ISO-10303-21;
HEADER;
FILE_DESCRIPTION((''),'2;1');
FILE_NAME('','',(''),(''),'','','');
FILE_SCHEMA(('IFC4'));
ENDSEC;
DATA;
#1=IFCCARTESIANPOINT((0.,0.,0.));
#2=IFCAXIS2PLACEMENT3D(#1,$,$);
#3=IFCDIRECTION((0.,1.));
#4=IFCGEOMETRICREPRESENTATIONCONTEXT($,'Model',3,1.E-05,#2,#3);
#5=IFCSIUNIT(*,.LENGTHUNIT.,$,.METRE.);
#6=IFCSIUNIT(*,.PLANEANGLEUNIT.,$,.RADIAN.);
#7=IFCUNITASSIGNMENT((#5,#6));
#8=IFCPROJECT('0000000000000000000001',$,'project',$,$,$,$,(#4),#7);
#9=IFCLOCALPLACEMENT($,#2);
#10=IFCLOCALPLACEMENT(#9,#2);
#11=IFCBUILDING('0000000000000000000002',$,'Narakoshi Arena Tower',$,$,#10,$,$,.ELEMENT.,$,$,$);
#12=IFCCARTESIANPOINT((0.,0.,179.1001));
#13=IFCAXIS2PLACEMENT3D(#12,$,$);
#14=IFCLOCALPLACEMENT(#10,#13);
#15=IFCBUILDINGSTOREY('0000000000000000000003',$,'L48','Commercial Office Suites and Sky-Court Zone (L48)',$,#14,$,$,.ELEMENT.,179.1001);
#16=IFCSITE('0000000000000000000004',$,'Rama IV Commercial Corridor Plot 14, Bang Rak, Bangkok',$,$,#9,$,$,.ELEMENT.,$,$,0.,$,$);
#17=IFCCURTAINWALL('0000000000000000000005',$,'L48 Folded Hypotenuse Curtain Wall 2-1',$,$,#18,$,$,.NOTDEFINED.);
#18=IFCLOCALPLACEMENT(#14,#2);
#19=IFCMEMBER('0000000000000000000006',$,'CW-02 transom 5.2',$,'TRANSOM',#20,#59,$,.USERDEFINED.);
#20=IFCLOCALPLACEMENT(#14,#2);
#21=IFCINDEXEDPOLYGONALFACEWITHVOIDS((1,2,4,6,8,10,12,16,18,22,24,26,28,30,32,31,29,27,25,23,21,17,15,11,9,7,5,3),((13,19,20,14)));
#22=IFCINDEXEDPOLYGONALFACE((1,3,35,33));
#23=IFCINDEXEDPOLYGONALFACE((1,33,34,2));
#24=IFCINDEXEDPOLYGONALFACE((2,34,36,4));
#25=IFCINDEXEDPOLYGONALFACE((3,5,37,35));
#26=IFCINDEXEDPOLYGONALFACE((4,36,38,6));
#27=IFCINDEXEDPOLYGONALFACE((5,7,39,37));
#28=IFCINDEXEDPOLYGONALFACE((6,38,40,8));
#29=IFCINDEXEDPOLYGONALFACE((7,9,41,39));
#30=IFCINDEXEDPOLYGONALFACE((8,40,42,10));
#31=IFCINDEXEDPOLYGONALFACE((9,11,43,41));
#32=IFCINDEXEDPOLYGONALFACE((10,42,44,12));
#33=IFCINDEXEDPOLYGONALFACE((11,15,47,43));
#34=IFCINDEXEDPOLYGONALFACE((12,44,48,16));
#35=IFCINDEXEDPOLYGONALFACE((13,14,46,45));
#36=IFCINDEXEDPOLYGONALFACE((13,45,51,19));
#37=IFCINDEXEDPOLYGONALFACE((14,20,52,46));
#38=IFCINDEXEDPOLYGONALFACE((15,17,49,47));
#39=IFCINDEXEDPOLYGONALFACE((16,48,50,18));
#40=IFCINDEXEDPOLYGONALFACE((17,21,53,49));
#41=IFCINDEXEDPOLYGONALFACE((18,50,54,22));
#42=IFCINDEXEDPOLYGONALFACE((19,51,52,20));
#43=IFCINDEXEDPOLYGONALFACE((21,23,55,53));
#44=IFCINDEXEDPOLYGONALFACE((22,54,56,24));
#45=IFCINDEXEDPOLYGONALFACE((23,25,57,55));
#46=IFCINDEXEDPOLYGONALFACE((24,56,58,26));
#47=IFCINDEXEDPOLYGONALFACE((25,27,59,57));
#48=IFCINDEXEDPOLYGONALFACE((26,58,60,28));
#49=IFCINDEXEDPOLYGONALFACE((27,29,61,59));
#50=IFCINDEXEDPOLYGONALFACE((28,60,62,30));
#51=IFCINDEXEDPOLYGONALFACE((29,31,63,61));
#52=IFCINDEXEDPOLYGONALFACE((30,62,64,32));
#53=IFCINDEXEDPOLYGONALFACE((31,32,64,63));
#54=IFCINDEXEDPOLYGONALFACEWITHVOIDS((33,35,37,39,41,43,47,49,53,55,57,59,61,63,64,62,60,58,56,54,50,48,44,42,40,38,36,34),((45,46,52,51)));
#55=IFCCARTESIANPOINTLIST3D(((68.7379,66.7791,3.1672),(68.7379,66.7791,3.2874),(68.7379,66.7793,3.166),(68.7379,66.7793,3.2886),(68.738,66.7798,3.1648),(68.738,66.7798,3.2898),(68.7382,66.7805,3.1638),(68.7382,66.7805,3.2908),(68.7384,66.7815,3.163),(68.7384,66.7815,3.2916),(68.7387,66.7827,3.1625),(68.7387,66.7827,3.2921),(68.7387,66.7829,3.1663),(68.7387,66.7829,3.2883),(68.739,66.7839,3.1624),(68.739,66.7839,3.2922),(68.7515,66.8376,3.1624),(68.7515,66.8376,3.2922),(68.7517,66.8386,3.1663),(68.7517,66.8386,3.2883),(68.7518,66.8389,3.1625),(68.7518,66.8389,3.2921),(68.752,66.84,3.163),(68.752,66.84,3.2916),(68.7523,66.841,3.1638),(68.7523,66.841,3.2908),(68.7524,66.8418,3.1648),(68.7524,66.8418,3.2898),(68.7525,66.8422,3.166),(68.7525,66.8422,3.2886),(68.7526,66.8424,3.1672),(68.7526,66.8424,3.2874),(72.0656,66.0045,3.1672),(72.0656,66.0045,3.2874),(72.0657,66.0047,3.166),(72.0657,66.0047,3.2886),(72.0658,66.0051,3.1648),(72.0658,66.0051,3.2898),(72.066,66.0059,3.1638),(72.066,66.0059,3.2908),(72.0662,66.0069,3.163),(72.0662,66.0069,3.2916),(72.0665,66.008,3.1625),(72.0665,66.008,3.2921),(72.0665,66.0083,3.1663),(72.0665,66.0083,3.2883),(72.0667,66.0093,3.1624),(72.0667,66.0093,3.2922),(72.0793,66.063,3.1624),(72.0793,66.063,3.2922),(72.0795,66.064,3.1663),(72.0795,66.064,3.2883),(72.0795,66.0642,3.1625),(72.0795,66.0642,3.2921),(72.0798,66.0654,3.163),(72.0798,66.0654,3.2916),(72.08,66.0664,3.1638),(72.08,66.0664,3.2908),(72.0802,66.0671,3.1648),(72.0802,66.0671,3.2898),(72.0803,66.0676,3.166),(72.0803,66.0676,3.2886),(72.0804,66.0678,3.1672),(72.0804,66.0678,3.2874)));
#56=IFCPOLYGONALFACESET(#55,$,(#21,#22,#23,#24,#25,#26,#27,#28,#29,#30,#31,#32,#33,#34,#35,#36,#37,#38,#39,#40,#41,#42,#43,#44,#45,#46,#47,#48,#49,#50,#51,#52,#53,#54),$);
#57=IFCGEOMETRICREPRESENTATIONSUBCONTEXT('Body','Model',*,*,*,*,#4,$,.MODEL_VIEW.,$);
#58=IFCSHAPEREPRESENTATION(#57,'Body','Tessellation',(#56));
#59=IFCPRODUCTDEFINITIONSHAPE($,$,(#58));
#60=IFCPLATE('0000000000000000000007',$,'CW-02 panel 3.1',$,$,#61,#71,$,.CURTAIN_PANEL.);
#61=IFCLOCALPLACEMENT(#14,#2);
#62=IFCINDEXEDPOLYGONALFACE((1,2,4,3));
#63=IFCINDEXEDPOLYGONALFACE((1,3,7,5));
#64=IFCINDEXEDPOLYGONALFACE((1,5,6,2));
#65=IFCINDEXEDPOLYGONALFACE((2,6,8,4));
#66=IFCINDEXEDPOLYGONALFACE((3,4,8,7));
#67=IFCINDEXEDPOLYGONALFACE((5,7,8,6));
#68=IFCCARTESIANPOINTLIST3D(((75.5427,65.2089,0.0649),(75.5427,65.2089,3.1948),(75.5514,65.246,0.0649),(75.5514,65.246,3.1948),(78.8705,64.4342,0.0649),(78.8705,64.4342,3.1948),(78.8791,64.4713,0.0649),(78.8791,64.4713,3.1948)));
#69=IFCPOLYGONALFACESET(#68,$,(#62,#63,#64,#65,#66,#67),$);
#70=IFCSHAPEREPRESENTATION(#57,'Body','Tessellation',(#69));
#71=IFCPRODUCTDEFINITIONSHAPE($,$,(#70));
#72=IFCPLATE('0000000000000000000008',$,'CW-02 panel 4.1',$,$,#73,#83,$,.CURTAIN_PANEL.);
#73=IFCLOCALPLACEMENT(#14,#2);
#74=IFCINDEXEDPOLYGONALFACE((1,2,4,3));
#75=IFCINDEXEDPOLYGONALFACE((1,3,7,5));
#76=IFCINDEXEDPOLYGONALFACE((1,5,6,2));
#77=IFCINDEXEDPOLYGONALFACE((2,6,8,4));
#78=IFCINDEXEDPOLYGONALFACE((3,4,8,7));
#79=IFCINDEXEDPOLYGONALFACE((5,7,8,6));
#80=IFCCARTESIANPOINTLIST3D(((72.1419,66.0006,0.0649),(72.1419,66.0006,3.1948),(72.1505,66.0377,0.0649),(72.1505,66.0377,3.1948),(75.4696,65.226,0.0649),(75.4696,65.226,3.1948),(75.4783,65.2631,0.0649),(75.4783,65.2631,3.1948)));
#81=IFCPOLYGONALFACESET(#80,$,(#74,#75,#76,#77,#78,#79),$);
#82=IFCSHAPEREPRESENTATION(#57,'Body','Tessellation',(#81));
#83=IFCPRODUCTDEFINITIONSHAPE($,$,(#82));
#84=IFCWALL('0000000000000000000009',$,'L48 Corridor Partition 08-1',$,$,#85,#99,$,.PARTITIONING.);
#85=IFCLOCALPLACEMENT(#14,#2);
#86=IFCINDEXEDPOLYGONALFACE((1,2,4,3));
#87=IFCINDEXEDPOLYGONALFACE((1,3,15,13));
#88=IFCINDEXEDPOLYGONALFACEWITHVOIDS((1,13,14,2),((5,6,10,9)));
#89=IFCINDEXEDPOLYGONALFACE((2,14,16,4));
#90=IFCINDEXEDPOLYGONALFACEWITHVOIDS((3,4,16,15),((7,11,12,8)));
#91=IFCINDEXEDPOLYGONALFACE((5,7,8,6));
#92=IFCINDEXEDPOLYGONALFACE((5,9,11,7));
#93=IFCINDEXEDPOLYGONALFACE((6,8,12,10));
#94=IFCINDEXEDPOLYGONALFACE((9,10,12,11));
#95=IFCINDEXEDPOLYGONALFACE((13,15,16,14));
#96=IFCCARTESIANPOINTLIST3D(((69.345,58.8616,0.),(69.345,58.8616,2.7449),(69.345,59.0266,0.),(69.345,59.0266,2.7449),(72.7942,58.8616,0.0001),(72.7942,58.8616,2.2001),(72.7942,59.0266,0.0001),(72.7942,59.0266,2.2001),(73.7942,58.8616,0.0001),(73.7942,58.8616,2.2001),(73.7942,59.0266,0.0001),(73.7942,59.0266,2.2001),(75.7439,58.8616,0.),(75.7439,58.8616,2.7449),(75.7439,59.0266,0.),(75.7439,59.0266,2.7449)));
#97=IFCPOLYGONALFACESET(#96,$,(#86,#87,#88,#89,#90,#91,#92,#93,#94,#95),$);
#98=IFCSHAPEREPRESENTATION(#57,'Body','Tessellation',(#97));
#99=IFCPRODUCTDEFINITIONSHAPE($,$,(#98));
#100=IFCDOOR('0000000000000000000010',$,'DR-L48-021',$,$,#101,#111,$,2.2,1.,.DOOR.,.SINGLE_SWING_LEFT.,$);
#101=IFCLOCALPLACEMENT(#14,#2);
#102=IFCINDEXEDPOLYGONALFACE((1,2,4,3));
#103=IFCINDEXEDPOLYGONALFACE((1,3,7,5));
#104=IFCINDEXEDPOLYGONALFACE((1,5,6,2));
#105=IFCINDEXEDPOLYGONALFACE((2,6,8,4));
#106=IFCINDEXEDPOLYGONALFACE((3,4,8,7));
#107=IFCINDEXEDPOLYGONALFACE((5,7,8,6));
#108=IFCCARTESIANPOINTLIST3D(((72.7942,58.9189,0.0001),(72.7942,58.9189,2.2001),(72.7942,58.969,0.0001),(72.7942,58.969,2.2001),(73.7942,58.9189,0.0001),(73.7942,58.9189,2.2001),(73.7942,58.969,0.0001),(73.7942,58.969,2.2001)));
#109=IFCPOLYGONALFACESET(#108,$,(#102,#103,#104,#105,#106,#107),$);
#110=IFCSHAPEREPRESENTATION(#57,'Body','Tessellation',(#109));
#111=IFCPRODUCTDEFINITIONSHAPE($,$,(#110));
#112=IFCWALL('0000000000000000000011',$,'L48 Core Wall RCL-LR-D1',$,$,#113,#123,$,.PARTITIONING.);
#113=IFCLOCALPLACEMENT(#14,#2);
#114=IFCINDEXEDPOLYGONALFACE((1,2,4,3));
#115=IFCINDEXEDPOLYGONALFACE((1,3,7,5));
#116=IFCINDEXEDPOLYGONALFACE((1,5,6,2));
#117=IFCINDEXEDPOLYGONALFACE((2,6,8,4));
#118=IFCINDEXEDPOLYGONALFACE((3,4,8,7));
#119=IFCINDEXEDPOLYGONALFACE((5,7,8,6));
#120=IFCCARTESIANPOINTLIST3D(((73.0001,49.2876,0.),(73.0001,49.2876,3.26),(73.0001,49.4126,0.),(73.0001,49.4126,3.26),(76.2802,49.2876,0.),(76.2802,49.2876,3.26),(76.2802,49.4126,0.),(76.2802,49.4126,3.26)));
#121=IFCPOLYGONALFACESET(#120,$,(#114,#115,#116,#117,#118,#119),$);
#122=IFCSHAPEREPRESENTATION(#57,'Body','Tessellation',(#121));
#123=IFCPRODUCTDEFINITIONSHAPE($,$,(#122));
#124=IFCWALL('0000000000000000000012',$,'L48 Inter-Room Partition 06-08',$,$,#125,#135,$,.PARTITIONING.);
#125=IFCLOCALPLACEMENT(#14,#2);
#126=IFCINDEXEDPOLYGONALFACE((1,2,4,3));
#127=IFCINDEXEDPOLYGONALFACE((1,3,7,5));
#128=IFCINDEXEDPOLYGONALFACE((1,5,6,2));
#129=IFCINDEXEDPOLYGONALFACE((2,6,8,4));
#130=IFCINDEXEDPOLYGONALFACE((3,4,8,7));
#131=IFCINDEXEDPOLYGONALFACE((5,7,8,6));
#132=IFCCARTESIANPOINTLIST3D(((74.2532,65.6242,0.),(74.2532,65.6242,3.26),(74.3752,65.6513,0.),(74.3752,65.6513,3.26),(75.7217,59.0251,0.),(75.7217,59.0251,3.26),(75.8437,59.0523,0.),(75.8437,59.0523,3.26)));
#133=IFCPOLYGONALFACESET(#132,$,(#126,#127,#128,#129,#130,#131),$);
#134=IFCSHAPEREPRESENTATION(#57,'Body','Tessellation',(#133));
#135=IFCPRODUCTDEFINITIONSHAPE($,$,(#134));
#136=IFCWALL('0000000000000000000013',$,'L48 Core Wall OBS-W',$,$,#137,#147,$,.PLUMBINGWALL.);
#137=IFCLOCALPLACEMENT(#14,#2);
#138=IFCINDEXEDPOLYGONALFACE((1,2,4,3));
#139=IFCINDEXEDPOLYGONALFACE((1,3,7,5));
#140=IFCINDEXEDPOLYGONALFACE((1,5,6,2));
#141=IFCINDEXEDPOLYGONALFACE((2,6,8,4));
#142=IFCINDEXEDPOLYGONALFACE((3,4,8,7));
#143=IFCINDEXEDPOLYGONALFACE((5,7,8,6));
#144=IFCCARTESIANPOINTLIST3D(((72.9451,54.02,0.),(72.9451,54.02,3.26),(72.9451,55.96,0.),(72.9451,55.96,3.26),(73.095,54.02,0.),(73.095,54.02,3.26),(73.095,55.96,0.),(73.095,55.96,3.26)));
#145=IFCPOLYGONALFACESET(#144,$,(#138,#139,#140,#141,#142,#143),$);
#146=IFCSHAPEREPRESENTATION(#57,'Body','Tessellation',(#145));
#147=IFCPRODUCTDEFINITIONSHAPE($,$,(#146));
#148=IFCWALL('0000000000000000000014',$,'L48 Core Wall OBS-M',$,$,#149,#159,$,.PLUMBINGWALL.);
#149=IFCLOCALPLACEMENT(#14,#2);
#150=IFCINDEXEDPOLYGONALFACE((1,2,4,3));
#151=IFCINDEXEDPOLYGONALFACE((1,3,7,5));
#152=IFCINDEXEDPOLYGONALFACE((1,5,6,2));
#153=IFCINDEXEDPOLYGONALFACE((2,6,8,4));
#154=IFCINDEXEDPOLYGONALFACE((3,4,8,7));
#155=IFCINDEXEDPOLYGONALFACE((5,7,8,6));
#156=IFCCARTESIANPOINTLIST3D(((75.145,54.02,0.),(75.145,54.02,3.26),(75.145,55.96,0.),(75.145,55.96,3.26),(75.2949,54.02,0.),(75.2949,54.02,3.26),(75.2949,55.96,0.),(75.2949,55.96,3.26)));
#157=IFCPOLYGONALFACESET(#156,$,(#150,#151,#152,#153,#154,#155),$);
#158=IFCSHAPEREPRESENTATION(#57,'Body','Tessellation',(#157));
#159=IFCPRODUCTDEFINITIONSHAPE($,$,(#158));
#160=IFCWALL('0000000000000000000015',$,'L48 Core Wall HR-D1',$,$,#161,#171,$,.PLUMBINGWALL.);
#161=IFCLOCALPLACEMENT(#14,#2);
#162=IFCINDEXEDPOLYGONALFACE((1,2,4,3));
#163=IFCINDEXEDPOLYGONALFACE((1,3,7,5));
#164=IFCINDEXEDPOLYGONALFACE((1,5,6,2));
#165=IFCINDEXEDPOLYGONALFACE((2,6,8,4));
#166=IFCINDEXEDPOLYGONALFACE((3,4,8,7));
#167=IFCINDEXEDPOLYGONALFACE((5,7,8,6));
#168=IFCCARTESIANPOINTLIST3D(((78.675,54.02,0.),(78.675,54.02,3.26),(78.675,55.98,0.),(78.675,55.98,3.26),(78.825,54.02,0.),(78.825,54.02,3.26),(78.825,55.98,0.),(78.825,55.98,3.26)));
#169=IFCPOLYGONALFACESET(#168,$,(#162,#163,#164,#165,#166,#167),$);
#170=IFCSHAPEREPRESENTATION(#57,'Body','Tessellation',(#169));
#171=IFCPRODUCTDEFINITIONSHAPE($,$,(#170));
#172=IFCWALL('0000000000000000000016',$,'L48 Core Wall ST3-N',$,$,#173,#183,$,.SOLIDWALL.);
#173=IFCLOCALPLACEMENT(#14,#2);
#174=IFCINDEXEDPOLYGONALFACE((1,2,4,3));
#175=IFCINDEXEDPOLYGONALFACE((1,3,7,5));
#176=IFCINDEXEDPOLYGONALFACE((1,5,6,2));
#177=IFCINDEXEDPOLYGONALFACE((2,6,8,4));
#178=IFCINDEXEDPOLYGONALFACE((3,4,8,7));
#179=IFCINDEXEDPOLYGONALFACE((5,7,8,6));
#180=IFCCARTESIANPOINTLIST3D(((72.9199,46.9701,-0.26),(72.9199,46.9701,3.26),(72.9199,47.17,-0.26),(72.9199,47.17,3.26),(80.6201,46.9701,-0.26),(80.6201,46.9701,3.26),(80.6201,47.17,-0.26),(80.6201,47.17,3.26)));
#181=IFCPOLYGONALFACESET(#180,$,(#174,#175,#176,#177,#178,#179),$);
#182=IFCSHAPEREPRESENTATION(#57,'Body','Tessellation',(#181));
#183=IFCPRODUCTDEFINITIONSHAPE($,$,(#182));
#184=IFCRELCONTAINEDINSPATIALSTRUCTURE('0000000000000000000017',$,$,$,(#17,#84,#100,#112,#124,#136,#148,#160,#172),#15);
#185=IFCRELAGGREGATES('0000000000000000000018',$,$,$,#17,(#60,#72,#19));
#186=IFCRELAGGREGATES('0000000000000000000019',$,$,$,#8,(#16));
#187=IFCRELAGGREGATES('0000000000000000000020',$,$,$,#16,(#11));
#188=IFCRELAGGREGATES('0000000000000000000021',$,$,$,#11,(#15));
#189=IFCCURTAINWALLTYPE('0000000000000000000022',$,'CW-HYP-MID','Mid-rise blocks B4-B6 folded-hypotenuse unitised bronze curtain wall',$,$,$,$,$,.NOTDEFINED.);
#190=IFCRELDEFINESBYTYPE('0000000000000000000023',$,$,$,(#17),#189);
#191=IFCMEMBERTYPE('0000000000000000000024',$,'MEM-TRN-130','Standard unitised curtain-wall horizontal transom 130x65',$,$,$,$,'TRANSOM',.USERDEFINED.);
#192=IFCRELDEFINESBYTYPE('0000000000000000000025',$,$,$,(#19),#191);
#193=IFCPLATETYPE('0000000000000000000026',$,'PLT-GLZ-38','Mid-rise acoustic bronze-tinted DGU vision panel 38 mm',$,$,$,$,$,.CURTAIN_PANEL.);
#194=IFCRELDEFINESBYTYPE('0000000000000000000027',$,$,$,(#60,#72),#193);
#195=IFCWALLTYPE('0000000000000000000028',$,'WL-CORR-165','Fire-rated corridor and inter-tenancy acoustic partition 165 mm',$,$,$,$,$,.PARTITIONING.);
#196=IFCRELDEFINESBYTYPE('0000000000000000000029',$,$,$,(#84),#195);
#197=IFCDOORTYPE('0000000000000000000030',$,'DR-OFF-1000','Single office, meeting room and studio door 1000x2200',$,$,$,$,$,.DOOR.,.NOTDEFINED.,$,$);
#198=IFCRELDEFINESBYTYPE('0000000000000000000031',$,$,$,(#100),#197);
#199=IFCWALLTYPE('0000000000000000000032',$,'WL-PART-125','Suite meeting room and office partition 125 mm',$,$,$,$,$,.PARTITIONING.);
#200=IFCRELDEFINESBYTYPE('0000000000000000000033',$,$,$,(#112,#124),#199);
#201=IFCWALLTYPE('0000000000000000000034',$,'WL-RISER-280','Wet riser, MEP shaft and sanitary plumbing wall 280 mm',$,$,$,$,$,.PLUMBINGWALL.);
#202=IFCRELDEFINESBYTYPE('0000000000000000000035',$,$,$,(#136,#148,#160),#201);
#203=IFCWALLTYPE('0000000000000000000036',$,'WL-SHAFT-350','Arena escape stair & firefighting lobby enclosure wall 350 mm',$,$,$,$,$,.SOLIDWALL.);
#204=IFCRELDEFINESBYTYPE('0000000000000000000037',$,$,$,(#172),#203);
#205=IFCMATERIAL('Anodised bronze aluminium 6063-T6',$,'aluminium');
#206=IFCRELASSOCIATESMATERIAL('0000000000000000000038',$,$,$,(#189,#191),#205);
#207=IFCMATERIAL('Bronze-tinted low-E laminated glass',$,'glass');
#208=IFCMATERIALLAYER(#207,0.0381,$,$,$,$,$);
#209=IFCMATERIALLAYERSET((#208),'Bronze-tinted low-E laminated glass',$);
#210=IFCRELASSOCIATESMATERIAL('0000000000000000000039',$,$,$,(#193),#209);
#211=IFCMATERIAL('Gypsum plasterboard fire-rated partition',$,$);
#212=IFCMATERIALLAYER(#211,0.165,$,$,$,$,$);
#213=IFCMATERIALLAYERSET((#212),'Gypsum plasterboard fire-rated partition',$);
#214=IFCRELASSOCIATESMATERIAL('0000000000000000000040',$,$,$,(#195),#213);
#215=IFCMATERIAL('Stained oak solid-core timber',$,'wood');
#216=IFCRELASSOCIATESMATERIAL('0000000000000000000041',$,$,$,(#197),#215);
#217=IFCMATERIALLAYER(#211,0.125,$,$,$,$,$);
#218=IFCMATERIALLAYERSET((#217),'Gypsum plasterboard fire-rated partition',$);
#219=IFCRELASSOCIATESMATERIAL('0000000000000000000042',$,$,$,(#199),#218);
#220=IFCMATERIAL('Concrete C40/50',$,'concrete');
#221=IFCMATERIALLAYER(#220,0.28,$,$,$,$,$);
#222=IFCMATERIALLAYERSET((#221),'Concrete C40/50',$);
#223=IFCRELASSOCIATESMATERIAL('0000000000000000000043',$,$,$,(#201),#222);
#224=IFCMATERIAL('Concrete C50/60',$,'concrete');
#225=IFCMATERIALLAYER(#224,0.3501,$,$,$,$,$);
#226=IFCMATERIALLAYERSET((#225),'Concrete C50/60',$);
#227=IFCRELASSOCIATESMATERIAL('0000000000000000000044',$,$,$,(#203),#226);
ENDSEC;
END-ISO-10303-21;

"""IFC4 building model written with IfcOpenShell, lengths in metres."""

from ifc_helpers import new_model, si_unit, direction, frame, frame_2d, origin, origin_2d, place, context, subcontext, project, spatial, rectangle, hollow_rectangle, extrude, material, layer, layer_set, material_profile, profile_set, type_object, element, fill, aggregate, save


model = new_model("IFC4")

# Units and contexts
model_context = context("Model", 3, precision=1e-05, world=origin(), true_north=direction((0.0, 1.0)))
body_context = subcontext(model_context, "Body", "Model", "MODEL_VIEW")
ifc_project = project(units=[si_unit("LENGTHUNIT", "METRE"), si_unit("PLANEANGLEUNIT", "RADIAN")], contexts=[model_context])

# Site, building, storey
site_placement = place(None, origin())
site = spatial("IfcSite", under=ifc_project, at=site_placement, Name="Rama IV Commercial Corridor Plot 14, Bang Rak, Bangkok", CompositionType="ELEMENT", RefElevation=0.0)
building_placement = place(site_placement, origin())
building = spatial("IfcBuilding", under=site, at=building_placement, Name="Narakoshi Arena Tower", CompositionType="ELEMENT")
storey_placement = place(building_placement, frame((0.0, 0.0, 179.1001)))
storey = spatial("IfcBuildingStorey", under=building, at=storey_placement, Name="L48", Description="Commercial Office Suites and Sky-Court Zone (L48)", CompositionType="ELEMENT", Elevation=179.1001)

# Curtain wall, member, plates
ifc_material_1 = material(Name="Anodised bronze aluminium 6063-T6", Category="aluminium")
curtain_wall_type = type_object("IfcCurtainWallType", Name="CW-HYP-MID", Description="Mid-rise blocks B4-B6 folded-hypotenuse unitised bronze curtain wall", PredefinedType="NOTDEFINED", material=ifc_material_1)
curtain_wall_placement = place(storey_placement, origin())
curtain_wall = element("IfcCurtainWall", 1, at=curtain_wall_placement, inside=storey, type_object=curtain_wall_type, Name="L48 Folded Hypotenuse Curtain Wall 2-1", PredefinedType="NOTDEFINED")
ifc_material_profile_1 = material_profile(ifc_material_1, hollow_rectangle(XDim=0.0649, YDim=0.1299, WallThickness=0.0039, OuterFilletRadius=0.0049, at=origin_2d()), Name="TRN130x65x4")
ifc_profile_set_1 = profile_set([ifc_material_profile_1], Name="Anodised bronze aluminium 6063-T6")
member_type_1 = type_object("IfcMemberType", Name="MEM-TRN-130", Description="Standard unitised curtain-wall horizontal transom 130x65", ElementType="TRANSOM", PredefinedType="USERDEFINED", material=ifc_profile_set_1)
member_1_placement = place(storey_placement, frame((72.073, 66.0361, 3.2273), z_axis=(-0.973961, 0.226717, 0.0), x_axis=(-0.226717, -0.973961, 0.0)))
member_1 = element("IfcMember", 2, at=member_1_placement, type_object=member_type_1, Name="CW-02 transom 5.2", ObjectType="TRANSOM", PredefinedType="USERDEFINED", context=body_context, shape_type="SweptSolid", body=[
    extrude(hollow_rectangle(XDim=0.0649, YDim=0.1299, WallThickness=0.0039, OuterFilletRadius=0.0049, at=origin_2d()), origin(), (0.0, 0.0, 1.0), 3.4167),
])
ifc_material_2 = material(Name="Bronze-tinted low-E laminated glass", Category="glass")
ifc_layer_1 = layer(ifc_material_2, 0.0381)
ifc_layer_set_1 = layer_set([ifc_layer_1], Name="Bronze-tinted low-E laminated glass")
plate_type = type_object("IfcPlateType", Name="PLT-GLZ-38", Description="Mid-rise acoustic bronze-tinted DGU vision panel 38 mm", PredefinedType="CURTAIN_PANEL", material=ifc_layer_set_1)
plate_1_placement = place(storey_placement, frame((77.2109, 64.8401, 0.0649), z_axis=(0.0, 0.0, 1.0), x_axis=(-0.97396, 0.226721, 0.0)))
plate_1 = element("IfcPlate", 3, at=plate_1_placement, type_object=plate_type, Name="CW-02 panel 3.1", PredefinedType="CURTAIN_PANEL", context=body_context, shape_type="SweptSolid", body=[
    extrude(rectangle(XDim=3.4167, YDim=0.0381, at=origin_2d()), origin(), (0.0, 0.0, 1.0), 3.1299),
])
plate_2_placement = place(storey_placement, frame((73.8101, 65.6318, 0.0649), z_axis=(0.0, 0.0, 1.0), x_axis=(-0.97396, 0.226721, 0.0)))
plate_2 = element("IfcPlate", 4, at=plate_2_placement, type_object=plate_type, Name="CW-02 panel 4.1", PredefinedType="CURTAIN_PANEL", context=body_context, shape_type="SweptSolid", body=[
    extrude(rectangle(XDim=3.4167, YDim=0.0381, at=origin_2d()), origin(), (0.0, 0.0, 1.0), 3.1299),
])
aggregate(curtain_wall, [plate_1, plate_2, member_1])

# Wall, opening, door
ifc_material_3 = material(Name="Gypsum plasterboard fire-rated partition")
ifc_layer_2 = layer(ifc_material_3, 0.165)
ifc_layer_set_2 = layer_set([ifc_layer_2], Name="Gypsum plasterboard fire-rated partition")
wall_type_1 = type_object("IfcWallType", Name="WL-CORR-165", Description="Fire-rated corridor and inter-tenancy acoustic partition 165 mm", PredefinedType="PARTITIONING", material=ifc_layer_set_2)
wall_1_placement = place(storey_placement, frame((75.7439, 58.9441, 0.0), z_axis=(0.0, 0.0, 1.0), x_axis=(-1.0, 0.0, 0.0)))
wall_1 = element("IfcWall", 5, at=wall_1_placement, inside=storey, type_object=wall_type_1, Name="L48 Corridor Partition 08-1", PredefinedType="PARTITIONING", context=body_context, shape_type="SweptSolid", body=[
    extrude(rectangle(XDim=6.3989, YDim=0.165, at=frame_2d((3.1995, 0.0))), origin(), (0.0, 0.0, 1.0), 2.7449),
])
opening_1_placement = place(wall_1_placement, frame((1.9497, 0.0, 0.0)))
opening_1 = element("IfcOpeningElement", 6, at=opening_1_placement, cuts=wall_1, PredefinedType="OPENING", context=body_context, shape_type="SweptSolid", body=[
    extrude(rectangle(XDim=1.0, YDim=2.2, at=frame_2d((0.5, 1.1001))), frame((0.0, 0.0925, 0.0), z_axis=(0.0, -1.0, 0.0), x_axis=(1.0, 0.0, 0.0)), (0.0, 0.0, 1.0), 0.1851),
])
ifc_material_4 = material(Name="Stained oak solid-core timber", Category="wood")
door_type_1 = type_object("IfcDoorType", Name="DR-OFF-1000", Description="Single office, meeting room and studio door 1000x2200", OperationType="NOTDEFINED", PredefinedType="DOOR", material=ifc_material_4)
door_1_placement = place(opening_1_placement, frame((1.0, 0.0, 0.0), z_axis=(0.0, 0.0, 1.0), x_axis=(-1.0, 0.0, 0.0)))
door_1 = element("IfcDoor", 7, at=door_1_placement, inside=storey, type_object=door_type_1, Name="DR-L48-021", OperationType="SINGLE_SWING_LEFT", OverallHeight=2.2, OverallWidth=1.0, PredefinedType="DOOR", context=body_context, shape_type="SweptSolid", body=[
    extrude(rectangle(XDim=1.0, YDim=2.2, at=frame_2d((0.5, 1.1001))), frame((0.0, 0.0249, 0.0), z_axis=(0.0, -1.0, 0.0), x_axis=(1.0, 0.0, 0.0)), (0.0, 0.0, 1.0), 0.05),
])
fill(opening_1, door_1)

# Walls
ifc_layer_3 = layer(ifc_material_3, 0.125)
ifc_layer_set_3 = layer_set([ifc_layer_3], Name="Gypsum plasterboard fire-rated partition")
wall_type_2 = type_object("IfcWallType", Name="WL-PART-125", Description="Suite meeting room and office partition 125 mm", PredefinedType="PARTITIONING", material=ifc_layer_set_3)
wall_2_placement = place(storey_placement, frame((73.0, 49.3501, 0.0), z_axis=(0.0, 0.0, 1.0), x_axis=(1.0, 0.0, 0.0)))
element("IfcWall", 8, at=wall_2_placement, inside=storey, type_object=wall_type_2, Name="L48 Core Wall RCL-LR-D1", PredefinedType="PARTITIONING", context=body_context, shape_type="SweptSolid", body=[
    extrude(rectangle(XDim=3.28, YDim=0.125, at=frame_2d((1.6401, 0.0))), origin(), (0.0, 0.0, 1.0), 3.26),
])
wall_3_placement = place(storey_placement, frame((75.7827, 59.0386, 0.0), z_axis=(0.0, 0.0, 1.0), x_axis=(-0.217217, 0.976123, 0.0)))
element("IfcWall", 9, at=wall_3_placement, inside=storey, type_object=wall_type_2, Name="L48 Inter-Room Partition 06-08", PredefinedType="PARTITIONING", context=body_context, shape_type="SweptSolid", body=[
    extrude(rectangle(XDim=6.7605, YDim=0.125, at=frame_2d((3.3804, 0.0))), origin(), (0.0, 0.0, 1.0), 3.26),
])
ifc_material_5 = material(Name="Concrete C40/50", Category="concrete")
ifc_layer_4 = layer(ifc_material_5, 0.28)
ifc_layer_set_4 = layer_set([ifc_layer_4], Name="Concrete C40/50")
wall_type_3 = type_object("IfcWallType", Name="WL-RISER-280", Description="Wet riser, MEP shaft and sanitary plumbing wall 280 mm", PredefinedType="PLUMBINGWALL", material=ifc_layer_set_4)
for number, where, z_axis, x_axis, name in (
    (10, (73.02, 54.02, 0.0), (0.0, 0.0, 1.0), (0.0, 1.0, 0.0), "L48 Core Wall OBS-W"),
    (11, (75.22, 54.02, 0.0), (0.0, 0.0, 1.0), (0.0, 1.0, 0.0), "L48 Core Wall OBS-M"),
):
    element("IfcWall", number, at=place(storey_placement, frame(where, z_axis=z_axis, x_axis=x_axis)), inside=storey, type_object=wall_type_3, Name=name, PredefinedType="PLUMBINGWALL", context=body_context, shape_type="SweptSolid", body=[
        extrude(rectangle(XDim=1.9399, YDim=0.1499, at=frame_2d((0.97, 0.0))), origin(), (0.0, 0.0, 1.0), 3.26),
    ])
wall_4_placement = place(storey_placement, frame((78.75, 54.02, 0.0), z_axis=(0.0, 0.0, 1.0), x_axis=(0.0, 1.0, 0.0)))
element("IfcWall", 12, at=wall_4_placement, inside=storey, type_object=wall_type_3, Name="L48 Core Wall HR-D1", PredefinedType="PLUMBINGWALL", context=body_context, shape_type="SweptSolid", body=[
    extrude(rectangle(XDim=1.96, YDim=0.1499, at=frame_2d((0.98, 0.0))), origin(), (0.0, 0.0, 1.0), 3.26),
])
ifc_material_6 = material(Name="Concrete C50/60", Category="concrete")
ifc_layer_5 = layer(ifc_material_6, 0.3501)
ifc_layer_set_5 = layer_set([ifc_layer_5], Name="Concrete C50/60")
wall_type_4 = type_object("IfcWallType", Name="WL-SHAFT-350", Description="Arena escape stair & firefighting lobby enclosure wall 350 mm", PredefinedType="SOLIDWALL", material=ifc_layer_set_5)
wall_5_placement = place(storey_placement, frame((72.9199, 47.0701, -0.26), z_axis=(0.0, 0.0, 1.0), x_axis=(1.0, 0.0, 0.0)))
element("IfcWall", 13, at=wall_5_placement, inside=storey, type_object=wall_type_4, Name="L48 Core Wall ST3-N", PredefinedType="SOLIDWALL", context=body_context, shape_type="SweptSolid", body=[
    extrude(rectangle(XDim=7.7002, YDim=0.2, at=frame_2d((3.8501, 0.0))), origin(), (0.0, 0.0, 1.0), 3.52),
])

save(model, "model.ifc")
